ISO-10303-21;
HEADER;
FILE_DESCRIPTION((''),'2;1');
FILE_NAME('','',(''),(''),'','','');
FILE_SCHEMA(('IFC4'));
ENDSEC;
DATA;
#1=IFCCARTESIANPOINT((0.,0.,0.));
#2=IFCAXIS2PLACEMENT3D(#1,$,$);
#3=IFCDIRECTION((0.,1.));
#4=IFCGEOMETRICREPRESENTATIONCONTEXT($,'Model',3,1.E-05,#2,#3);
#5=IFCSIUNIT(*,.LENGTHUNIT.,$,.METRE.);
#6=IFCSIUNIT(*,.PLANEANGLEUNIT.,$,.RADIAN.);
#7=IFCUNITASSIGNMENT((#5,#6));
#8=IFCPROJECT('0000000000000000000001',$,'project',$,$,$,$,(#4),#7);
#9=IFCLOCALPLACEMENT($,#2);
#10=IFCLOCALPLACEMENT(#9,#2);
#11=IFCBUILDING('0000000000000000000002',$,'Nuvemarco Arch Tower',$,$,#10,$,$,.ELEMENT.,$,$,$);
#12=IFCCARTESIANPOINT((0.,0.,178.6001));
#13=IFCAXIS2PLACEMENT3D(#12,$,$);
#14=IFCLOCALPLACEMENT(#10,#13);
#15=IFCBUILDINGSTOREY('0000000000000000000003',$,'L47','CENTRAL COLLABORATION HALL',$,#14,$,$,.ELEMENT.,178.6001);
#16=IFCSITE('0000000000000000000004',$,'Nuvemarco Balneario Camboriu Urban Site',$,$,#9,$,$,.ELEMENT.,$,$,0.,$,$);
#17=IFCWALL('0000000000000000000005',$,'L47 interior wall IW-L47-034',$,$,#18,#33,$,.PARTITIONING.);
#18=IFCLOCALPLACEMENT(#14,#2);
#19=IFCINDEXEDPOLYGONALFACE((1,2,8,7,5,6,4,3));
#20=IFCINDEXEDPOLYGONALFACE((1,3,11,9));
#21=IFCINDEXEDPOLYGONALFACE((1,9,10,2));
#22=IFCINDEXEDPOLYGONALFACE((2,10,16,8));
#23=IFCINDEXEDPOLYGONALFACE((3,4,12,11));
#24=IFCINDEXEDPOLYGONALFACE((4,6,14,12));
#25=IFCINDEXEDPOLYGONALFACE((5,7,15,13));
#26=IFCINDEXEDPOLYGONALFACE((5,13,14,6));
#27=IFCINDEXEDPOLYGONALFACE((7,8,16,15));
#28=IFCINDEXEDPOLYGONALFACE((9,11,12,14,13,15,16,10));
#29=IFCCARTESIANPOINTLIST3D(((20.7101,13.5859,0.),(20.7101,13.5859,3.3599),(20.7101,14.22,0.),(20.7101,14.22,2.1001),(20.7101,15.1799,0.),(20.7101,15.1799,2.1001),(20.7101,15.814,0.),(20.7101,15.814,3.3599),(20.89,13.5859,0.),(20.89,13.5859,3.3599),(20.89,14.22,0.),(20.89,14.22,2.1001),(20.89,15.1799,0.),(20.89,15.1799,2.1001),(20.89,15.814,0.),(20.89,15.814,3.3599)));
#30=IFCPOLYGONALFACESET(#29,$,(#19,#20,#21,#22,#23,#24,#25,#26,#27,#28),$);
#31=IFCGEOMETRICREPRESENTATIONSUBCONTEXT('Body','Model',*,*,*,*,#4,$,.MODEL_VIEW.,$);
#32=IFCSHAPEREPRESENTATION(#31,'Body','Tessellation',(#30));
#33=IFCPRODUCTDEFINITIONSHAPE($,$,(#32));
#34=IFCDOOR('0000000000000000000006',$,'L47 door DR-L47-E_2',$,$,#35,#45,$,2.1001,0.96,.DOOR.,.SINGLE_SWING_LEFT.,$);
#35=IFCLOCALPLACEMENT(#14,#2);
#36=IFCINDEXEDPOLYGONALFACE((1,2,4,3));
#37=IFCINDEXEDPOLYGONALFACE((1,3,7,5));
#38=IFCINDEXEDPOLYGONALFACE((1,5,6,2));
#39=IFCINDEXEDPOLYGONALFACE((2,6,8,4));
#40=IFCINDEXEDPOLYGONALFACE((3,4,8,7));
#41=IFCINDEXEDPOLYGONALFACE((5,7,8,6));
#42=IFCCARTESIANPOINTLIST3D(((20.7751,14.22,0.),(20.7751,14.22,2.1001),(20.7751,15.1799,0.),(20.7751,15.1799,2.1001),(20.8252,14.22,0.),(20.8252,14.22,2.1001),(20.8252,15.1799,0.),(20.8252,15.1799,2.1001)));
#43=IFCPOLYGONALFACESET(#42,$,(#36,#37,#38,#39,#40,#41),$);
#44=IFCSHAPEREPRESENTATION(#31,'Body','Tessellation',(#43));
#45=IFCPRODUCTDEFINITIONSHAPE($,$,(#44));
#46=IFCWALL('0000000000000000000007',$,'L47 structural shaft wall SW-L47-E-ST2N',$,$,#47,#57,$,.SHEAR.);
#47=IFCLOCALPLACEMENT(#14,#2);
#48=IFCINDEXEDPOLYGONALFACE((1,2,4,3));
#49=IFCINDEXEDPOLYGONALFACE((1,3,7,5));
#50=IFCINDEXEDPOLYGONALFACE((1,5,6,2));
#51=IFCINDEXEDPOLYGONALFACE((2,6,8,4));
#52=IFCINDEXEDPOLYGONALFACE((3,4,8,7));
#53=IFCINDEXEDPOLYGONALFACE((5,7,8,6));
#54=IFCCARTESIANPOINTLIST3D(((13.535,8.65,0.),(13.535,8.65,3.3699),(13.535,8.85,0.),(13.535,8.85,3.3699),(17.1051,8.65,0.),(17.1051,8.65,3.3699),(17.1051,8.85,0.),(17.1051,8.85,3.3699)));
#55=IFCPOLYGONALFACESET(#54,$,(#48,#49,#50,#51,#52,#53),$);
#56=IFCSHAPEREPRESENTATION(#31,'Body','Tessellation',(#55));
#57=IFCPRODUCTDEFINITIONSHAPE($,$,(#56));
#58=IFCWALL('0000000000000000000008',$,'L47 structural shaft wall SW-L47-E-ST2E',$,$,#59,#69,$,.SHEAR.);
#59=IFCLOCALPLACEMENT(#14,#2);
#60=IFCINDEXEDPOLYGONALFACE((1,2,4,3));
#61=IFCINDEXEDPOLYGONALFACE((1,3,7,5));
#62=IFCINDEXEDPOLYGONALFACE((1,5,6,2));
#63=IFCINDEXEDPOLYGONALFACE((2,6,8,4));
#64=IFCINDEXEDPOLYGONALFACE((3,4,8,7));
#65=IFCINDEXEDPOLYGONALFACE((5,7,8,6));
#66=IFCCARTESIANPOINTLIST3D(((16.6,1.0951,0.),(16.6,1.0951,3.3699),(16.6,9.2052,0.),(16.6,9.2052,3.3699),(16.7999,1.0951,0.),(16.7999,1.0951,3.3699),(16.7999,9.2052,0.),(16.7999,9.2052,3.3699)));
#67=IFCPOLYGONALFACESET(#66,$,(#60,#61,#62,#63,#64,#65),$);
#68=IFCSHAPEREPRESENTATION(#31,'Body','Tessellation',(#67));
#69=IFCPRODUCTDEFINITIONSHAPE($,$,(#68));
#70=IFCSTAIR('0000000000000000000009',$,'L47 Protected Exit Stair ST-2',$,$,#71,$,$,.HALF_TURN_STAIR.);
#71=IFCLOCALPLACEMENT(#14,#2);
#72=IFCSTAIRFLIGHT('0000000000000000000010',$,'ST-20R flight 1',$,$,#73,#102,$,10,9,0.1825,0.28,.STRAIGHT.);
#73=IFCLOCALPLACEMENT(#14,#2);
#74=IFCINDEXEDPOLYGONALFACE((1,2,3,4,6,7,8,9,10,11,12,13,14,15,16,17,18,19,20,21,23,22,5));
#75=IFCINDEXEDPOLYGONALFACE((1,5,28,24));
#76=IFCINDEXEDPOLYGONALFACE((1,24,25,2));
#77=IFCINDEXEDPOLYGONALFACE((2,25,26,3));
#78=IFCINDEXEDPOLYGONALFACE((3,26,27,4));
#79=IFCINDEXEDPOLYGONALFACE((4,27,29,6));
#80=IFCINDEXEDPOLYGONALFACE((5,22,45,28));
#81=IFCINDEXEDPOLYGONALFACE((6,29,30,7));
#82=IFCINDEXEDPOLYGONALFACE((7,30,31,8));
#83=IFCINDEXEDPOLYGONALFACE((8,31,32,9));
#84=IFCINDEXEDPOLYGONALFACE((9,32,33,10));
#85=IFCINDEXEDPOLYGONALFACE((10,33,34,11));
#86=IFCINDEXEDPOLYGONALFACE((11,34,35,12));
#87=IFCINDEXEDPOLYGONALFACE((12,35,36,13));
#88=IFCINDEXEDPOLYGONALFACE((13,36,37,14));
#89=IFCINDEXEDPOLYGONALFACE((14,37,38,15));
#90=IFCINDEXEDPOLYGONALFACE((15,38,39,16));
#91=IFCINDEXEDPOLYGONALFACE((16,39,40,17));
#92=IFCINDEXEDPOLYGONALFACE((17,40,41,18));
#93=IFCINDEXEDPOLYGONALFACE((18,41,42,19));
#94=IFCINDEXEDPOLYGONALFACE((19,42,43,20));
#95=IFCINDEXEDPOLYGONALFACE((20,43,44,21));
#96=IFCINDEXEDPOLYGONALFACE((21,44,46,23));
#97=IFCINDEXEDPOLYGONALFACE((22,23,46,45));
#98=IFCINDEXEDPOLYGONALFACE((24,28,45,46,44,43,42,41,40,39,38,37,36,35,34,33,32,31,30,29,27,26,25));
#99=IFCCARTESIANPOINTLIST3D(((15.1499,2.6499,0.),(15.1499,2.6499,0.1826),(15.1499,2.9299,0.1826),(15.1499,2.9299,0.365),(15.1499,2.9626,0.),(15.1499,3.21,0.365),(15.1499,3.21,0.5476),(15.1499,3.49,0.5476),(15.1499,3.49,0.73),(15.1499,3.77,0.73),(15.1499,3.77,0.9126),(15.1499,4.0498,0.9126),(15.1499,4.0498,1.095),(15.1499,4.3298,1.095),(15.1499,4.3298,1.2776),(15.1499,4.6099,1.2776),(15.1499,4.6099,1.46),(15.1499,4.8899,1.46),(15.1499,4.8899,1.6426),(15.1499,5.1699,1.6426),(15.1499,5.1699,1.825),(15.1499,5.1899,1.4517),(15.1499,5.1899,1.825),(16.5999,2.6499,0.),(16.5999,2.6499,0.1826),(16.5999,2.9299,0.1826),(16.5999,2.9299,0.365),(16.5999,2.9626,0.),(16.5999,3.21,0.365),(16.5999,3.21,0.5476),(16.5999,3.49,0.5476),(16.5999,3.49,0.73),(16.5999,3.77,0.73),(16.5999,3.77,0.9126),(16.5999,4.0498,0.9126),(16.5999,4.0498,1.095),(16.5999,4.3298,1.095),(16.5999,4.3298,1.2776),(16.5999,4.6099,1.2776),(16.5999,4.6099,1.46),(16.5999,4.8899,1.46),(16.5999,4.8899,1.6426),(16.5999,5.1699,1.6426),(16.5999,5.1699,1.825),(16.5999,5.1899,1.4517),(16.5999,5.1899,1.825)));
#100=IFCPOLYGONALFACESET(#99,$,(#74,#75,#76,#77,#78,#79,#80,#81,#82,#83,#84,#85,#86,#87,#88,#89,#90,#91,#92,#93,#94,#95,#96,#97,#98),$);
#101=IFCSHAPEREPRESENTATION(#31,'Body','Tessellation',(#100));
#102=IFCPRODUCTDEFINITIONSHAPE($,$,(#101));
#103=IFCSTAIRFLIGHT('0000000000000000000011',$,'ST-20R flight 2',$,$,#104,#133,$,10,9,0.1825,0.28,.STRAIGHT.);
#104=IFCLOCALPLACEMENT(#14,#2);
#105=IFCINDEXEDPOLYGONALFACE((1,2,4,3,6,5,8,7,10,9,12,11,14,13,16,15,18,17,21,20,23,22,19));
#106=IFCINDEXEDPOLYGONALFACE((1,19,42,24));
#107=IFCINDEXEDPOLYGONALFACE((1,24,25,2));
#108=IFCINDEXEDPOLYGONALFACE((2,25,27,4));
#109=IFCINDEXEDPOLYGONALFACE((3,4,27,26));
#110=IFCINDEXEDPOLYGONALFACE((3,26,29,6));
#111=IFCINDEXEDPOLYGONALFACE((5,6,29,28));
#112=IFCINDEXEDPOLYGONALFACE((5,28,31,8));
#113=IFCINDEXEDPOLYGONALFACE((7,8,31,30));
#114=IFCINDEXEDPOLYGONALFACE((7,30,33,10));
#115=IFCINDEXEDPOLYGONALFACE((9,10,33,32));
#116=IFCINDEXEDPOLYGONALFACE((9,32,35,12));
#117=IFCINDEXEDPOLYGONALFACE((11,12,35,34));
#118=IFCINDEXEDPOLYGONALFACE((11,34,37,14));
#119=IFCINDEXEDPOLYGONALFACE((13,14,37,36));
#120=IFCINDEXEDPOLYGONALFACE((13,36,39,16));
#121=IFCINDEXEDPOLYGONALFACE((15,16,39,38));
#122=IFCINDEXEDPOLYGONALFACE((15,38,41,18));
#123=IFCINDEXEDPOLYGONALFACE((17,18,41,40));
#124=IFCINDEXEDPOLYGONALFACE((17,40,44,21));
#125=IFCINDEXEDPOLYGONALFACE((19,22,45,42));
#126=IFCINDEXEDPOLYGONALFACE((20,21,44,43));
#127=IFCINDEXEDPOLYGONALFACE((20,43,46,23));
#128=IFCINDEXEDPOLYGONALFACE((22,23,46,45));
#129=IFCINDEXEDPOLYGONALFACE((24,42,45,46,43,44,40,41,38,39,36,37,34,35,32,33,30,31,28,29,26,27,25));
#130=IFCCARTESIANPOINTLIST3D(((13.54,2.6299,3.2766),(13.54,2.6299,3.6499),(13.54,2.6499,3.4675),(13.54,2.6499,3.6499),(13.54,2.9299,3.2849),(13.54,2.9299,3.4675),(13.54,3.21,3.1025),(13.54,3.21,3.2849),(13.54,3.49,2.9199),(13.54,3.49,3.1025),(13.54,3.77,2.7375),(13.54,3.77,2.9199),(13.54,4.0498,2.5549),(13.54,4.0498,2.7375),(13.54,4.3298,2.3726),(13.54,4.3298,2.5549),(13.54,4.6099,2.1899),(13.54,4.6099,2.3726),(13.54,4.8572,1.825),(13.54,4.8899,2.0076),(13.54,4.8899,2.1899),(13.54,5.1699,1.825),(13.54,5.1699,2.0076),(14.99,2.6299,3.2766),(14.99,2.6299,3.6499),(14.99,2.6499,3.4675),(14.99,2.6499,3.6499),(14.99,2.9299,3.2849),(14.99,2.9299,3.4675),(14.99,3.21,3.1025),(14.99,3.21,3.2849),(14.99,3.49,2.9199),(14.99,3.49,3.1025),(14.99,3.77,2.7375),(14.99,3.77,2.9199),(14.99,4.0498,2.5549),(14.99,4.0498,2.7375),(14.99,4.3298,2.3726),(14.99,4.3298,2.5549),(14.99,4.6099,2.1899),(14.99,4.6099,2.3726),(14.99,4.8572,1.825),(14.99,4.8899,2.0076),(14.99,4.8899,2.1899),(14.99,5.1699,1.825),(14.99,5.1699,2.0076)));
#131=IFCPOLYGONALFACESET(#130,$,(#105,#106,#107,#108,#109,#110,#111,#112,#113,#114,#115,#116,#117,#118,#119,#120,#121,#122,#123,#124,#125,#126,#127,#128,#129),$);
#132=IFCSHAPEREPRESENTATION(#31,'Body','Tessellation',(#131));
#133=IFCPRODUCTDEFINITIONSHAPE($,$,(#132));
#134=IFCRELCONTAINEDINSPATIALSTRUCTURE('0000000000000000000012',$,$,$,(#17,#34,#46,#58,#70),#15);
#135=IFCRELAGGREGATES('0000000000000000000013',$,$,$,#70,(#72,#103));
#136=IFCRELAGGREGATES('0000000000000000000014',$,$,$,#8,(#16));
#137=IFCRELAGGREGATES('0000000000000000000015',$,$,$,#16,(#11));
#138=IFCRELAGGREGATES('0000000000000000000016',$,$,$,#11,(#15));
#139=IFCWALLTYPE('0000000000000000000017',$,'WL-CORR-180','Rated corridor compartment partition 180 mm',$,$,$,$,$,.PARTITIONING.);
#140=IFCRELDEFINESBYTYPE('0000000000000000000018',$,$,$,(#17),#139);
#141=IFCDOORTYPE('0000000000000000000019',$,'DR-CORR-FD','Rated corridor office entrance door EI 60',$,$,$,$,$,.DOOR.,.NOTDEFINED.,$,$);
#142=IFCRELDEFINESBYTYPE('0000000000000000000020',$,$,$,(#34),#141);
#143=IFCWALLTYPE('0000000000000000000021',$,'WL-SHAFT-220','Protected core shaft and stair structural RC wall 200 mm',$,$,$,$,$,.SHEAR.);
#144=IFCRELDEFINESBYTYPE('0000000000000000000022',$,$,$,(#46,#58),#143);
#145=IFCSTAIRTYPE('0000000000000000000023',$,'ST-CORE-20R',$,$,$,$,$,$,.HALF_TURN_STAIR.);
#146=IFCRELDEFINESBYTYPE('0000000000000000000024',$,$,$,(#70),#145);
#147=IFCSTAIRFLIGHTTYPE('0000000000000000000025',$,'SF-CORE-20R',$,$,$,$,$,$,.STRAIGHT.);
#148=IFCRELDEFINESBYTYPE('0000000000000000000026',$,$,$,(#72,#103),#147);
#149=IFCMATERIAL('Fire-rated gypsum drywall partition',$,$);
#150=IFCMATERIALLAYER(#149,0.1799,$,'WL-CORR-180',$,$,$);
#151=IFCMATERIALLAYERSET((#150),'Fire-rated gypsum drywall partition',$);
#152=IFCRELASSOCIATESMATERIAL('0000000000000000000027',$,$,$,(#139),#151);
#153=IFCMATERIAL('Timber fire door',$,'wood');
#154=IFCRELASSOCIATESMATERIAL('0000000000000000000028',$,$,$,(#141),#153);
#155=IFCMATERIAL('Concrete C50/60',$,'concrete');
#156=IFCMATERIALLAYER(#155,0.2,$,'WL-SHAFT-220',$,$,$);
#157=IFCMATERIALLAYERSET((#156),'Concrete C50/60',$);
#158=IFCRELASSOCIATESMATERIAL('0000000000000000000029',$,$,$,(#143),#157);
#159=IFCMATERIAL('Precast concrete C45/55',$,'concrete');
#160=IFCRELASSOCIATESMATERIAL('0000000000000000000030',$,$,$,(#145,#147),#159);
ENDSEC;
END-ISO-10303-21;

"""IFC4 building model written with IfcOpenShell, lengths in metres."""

from ifc_helpers import new_model, si_unit, direction, frame, frame_2d, origin, place, context, subcontext, project, spatial, polyline, rectangle, outline, extrude, source, transform, mapped, material, layer, layer_set, type_object, type_shapes, element, fill, aggregate, save


model = new_model("IFC4")

# Units and contexts
model_context = context("Model", 3, precision=1e-05, world=origin(), true_north=direction((0.0, 1.0)))
body_context = subcontext(model_context, "Body", "Model", "MODEL_VIEW")
ifc_project = project(units=[si_unit("LENGTHUNIT", "METRE"), si_unit("PLANEANGLEUNIT", "RADIAN")], contexts=[model_context])

# Site, building, storey
site_placement = place(None, origin())
site = spatial("IfcSite", under=ifc_project, at=site_placement, Name="Nuvemarco Balneario Camboriu Urban Site", CompositionType="ELEMENT", RefElevation=0.0)
building_placement = place(site_placement, origin())
building = spatial("IfcBuilding", under=site, at=building_placement, Name="Nuvemarco Arch Tower", CompositionType="ELEMENT")
storey_placement = place(building_placement, frame((0.0, 0.0, 178.6001)))
storey = spatial("IfcBuildingStorey", under=building, at=storey_placement, Name="L47", Description="CENTRAL COLLABORATION HALL", CompositionType="ELEMENT", Elevation=178.6001)

# Shared definitions
ifc_material_1 = material(Name="Concrete C50/60", Category="concrete")

# Shared definitions
ifc_material_2 = material(Name="Precast concrete C45/55", Category="concrete")

# Shared definitions
ifc_material_3 = material(Name="Fire-rated gypsum drywall partition")
ifc_layer_1 = layer(ifc_material_3, 0.1799, Name="WL-CORR-180")
ifc_layer_set_1 = layer_set([ifc_layer_1], Name="Fire-rated gypsum drywall partition")
wall_type_1 = type_object("IfcWallType", Name="WL-CORR-180", Description="Rated corridor compartment partition 180 mm", PredefinedType="PARTITIONING", material=ifc_layer_set_1)

# Wall, opening, door
wall_1_placement = place(storey_placement, frame((20.8, 13.5859, 0.0), z_axis=(0.0, 0.0, 1.0), x_axis=(0.0, 1.0, 0.0)))
wall_1 = element("IfcWall", 1, at=wall_1_placement, inside=storey, type_object=wall_type_1, Name="L47 interior wall IW-L47-034", PredefinedType="PARTITIONING", context=body_context, shape_type="SweptSolid", body=[
    extrude(rectangle(XDim=2.228, YDim=0.1799, at=frame_2d((1.114, 0.0))), origin(), (0.0, 0.0, 1.0), 3.3599),
])
opening_placement = place(wall_1_placement, frame((0.634, 0.0, 0.0)))
opening = element("IfcOpeningElement", 2, at=opening_placement, cuts=wall_1, PredefinedType="OPENING", context=body_context, shape_type="SweptSolid", body=[
    extrude(rectangle(XDim=0.96, YDim=2.1001, at=frame_2d((0.48, 1.05))), frame((0.0, 0.0999, 0.0), z_axis=(0.0, -1.0, 0.0), x_axis=(1.0, 0.0, 0.0)), (0.0, 0.0, 1.0), 0.2),
])
ifc_material_4 = material(Name="Timber fire door", Category="wood")
door_type = type_object("IfcDoorType", Name="DR-CORR-FD", Description="Rated corridor office entrance door EI 60", OperationType="NOTDEFINED", PredefinedType="DOOR", material=ifc_material_4)
shared_shape_1 = source(origin(), body_context, "Body", "SweptSolid", [
    extrude(rectangle(XDim=0.96, YDim=2.1001, at=frame_2d((0.48, 1.05))), frame((0.0, 0.0249, 0.0), z_axis=(0.0, -1.0, 0.0), x_axis=(1.0, 0.0, 0.0)), (0.0, 0.0, 1.0), 0.05),
])
type_shapes(door_type, [shared_shape_1])
door_placement = place(opening_placement, origin())
door = element("IfcDoor", 3, at=door_placement, inside=storey, type_object=door_type, Name="L47 door DR-L47-E_2", OperationType="SINGLE_SWING_LEFT", OverallHeight=2.1001, OverallWidth=0.96, PredefinedType="DOOR", context=body_context, shape_type="MappedRepresentation", body=[
    mapped(shared_shape_1, transform((0.0, 0.0, 0.0), scale=1.0)),
])
fill(opening, door)

# Walls
ifc_layer_2 = layer(ifc_material_1, 0.2, Name="WL-SHAFT-220")
ifc_layer_set_2 = layer_set([ifc_layer_2], Name="Concrete C50/60")
wall_type_2 = type_object("IfcWallType", Name="WL-SHAFT-220", Description="Protected core shaft and stair structural RC wall 200 mm", PredefinedType="SHEAR", material=ifc_layer_set_2)
wall_2_placement = place(storey_placement, frame((13.5349, 8.75, 0.0), z_axis=(0.0, 0.0, 1.0), x_axis=(1.0, 0.0, 0.0)))
element("IfcWall", 4, at=wall_2_placement, inside=storey, type_object=wall_type_2, Name="L47 structural shaft wall SW-L47-E-ST2N", PredefinedType="SHEAR", context=body_context, shape_type="SweptSolid", body=[
    extrude(rectangle(XDim=3.5701, YDim=0.2, at=frame_2d((1.7852, 0.0))), origin(), (0.0, 0.0, 1.0), 3.3699),
])
wall_3_placement = place(storey_placement, frame((16.7, 1.095, 0.0), z_axis=(0.0, 0.0, 1.0), x_axis=(0.0, 1.0, 0.0)))
element("IfcWall", 5, at=wall_3_placement, inside=storey, type_object=wall_type_2, Name="L47 structural shaft wall SW-L47-E-ST2E", PredefinedType="SHEAR", context=body_context, shape_type="SweptSolid", body=[
    extrude(rectangle(XDim=8.1101, YDim=0.2, at=frame_2d((4.0552, 0.0))), origin(), (0.0, 0.0, 1.0), 3.3699),
])

# Stair, stair flights
stair_type = type_object("IfcStairType", Name="ST-CORE-20R", PredefinedType="HALF_TURN_STAIR", material=ifc_material_2)
stair_placement = place(storey_placement, origin())
stair = element("IfcStair", 6, at=stair_placement, inside=storey, type_object=stair_type, Name="L47 Protected Exit Stair ST-2", PredefinedType="HALF_TURN_STAIR")
stair_flight_type = type_object("IfcStairFlightType", Name="SF-CORE-20R", PredefinedType="STRAIGHT", material=ifc_material_2)
stair_flight_1_placement = place(storey_placement, frame((15.875, 2.6499, 0.0), z_axis=(0.0, 0.0, 1.0), x_axis=(0.0, 1.0, 0.0)))
stair_flight_1 = element("IfcStairFlight", 7, at=stair_flight_1_placement, type_object=stair_flight_type, Name="ST-20R flight 1", NumberOfRisers=10, NumberOfTreads=9, PredefinedType="STRAIGHT", RiserHeight=0.1825, TreadLength=0.28, context=body_context, shape_type="SweptSolid", body=[
    extrude(outline(polyline([(0.0, 0.0), (0.0, 0.1826), (0.28, 0.1826), (0.28, 0.365), (0.5601, 0.365), (0.5601, 0.5476), (0.8401, 0.5476), (0.8401, 0.73), (1.1201, 0.73), (1.1201, 0.9126), (1.3999, 0.9126), (1.3999, 1.095), (1.6799, 1.095), (1.6799, 1.2776), (1.96, 1.2776), (1.96, 1.46), (2.24, 1.46), (2.24, 1.6426), (2.52, 1.6426), (2.52, 1.825), (2.54, 1.825), (2.54, 1.4517), (0.3127, 0.0), (0.0, 0.0)])), frame((0.0, 0.7251, 0.0), z_axis=(0.0, -1.0, 0.0), x_axis=(1.0, 0.0, 0.0)), (0.0, 0.0, 1.0), 1.45),
])
stair_flight_2_placement = place(storey_placement, frame((14.2649, 5.1699, 1.825), z_axis=(0.0, 0.0, 1.0), x_axis=(0.0, -1.0, 0.0)))
stair_flight_2 = element("IfcStairFlight", 8, at=stair_flight_2_placement, type_object=stair_flight_type, Name="ST-20R flight 2", NumberOfRisers=10, NumberOfTreads=9, PredefinedType="STRAIGHT", RiserHeight=0.1825, TreadLength=0.28, context=body_context, shape_type="SweptSolid", body=[
    extrude(outline(polyline([(0.0, 0.0), (0.0, 0.1826), (0.28, 0.1826), (0.28, 0.365), (0.5601, 0.365), (0.5601, 0.5476), (0.8401, 0.5476), (0.8401, 0.73), (1.1201, 0.73), (1.1201, 0.9126), (1.3999, 0.9126), (1.3999, 1.095), (1.6799, 1.095), (1.6799, 1.2776), (1.96, 1.2776), (1.96, 1.46), (2.24, 1.46), (2.24, 1.6426), (2.52, 1.6426), (2.52, 1.825), (2.54, 1.825), (2.54, 1.4517), (0.3127, 0.0), (0.0, 0.0)])), frame((0.0, 0.7251, 0.0), z_axis=(0.0, -1.0, 0.0), x_axis=(1.0, 0.0, 0.0)), (0.0, 0.0, 1.0), 1.45),
])
aggregate(stair, [stair_flight_1, stair_flight_2])

save(model, "model.ifc")
